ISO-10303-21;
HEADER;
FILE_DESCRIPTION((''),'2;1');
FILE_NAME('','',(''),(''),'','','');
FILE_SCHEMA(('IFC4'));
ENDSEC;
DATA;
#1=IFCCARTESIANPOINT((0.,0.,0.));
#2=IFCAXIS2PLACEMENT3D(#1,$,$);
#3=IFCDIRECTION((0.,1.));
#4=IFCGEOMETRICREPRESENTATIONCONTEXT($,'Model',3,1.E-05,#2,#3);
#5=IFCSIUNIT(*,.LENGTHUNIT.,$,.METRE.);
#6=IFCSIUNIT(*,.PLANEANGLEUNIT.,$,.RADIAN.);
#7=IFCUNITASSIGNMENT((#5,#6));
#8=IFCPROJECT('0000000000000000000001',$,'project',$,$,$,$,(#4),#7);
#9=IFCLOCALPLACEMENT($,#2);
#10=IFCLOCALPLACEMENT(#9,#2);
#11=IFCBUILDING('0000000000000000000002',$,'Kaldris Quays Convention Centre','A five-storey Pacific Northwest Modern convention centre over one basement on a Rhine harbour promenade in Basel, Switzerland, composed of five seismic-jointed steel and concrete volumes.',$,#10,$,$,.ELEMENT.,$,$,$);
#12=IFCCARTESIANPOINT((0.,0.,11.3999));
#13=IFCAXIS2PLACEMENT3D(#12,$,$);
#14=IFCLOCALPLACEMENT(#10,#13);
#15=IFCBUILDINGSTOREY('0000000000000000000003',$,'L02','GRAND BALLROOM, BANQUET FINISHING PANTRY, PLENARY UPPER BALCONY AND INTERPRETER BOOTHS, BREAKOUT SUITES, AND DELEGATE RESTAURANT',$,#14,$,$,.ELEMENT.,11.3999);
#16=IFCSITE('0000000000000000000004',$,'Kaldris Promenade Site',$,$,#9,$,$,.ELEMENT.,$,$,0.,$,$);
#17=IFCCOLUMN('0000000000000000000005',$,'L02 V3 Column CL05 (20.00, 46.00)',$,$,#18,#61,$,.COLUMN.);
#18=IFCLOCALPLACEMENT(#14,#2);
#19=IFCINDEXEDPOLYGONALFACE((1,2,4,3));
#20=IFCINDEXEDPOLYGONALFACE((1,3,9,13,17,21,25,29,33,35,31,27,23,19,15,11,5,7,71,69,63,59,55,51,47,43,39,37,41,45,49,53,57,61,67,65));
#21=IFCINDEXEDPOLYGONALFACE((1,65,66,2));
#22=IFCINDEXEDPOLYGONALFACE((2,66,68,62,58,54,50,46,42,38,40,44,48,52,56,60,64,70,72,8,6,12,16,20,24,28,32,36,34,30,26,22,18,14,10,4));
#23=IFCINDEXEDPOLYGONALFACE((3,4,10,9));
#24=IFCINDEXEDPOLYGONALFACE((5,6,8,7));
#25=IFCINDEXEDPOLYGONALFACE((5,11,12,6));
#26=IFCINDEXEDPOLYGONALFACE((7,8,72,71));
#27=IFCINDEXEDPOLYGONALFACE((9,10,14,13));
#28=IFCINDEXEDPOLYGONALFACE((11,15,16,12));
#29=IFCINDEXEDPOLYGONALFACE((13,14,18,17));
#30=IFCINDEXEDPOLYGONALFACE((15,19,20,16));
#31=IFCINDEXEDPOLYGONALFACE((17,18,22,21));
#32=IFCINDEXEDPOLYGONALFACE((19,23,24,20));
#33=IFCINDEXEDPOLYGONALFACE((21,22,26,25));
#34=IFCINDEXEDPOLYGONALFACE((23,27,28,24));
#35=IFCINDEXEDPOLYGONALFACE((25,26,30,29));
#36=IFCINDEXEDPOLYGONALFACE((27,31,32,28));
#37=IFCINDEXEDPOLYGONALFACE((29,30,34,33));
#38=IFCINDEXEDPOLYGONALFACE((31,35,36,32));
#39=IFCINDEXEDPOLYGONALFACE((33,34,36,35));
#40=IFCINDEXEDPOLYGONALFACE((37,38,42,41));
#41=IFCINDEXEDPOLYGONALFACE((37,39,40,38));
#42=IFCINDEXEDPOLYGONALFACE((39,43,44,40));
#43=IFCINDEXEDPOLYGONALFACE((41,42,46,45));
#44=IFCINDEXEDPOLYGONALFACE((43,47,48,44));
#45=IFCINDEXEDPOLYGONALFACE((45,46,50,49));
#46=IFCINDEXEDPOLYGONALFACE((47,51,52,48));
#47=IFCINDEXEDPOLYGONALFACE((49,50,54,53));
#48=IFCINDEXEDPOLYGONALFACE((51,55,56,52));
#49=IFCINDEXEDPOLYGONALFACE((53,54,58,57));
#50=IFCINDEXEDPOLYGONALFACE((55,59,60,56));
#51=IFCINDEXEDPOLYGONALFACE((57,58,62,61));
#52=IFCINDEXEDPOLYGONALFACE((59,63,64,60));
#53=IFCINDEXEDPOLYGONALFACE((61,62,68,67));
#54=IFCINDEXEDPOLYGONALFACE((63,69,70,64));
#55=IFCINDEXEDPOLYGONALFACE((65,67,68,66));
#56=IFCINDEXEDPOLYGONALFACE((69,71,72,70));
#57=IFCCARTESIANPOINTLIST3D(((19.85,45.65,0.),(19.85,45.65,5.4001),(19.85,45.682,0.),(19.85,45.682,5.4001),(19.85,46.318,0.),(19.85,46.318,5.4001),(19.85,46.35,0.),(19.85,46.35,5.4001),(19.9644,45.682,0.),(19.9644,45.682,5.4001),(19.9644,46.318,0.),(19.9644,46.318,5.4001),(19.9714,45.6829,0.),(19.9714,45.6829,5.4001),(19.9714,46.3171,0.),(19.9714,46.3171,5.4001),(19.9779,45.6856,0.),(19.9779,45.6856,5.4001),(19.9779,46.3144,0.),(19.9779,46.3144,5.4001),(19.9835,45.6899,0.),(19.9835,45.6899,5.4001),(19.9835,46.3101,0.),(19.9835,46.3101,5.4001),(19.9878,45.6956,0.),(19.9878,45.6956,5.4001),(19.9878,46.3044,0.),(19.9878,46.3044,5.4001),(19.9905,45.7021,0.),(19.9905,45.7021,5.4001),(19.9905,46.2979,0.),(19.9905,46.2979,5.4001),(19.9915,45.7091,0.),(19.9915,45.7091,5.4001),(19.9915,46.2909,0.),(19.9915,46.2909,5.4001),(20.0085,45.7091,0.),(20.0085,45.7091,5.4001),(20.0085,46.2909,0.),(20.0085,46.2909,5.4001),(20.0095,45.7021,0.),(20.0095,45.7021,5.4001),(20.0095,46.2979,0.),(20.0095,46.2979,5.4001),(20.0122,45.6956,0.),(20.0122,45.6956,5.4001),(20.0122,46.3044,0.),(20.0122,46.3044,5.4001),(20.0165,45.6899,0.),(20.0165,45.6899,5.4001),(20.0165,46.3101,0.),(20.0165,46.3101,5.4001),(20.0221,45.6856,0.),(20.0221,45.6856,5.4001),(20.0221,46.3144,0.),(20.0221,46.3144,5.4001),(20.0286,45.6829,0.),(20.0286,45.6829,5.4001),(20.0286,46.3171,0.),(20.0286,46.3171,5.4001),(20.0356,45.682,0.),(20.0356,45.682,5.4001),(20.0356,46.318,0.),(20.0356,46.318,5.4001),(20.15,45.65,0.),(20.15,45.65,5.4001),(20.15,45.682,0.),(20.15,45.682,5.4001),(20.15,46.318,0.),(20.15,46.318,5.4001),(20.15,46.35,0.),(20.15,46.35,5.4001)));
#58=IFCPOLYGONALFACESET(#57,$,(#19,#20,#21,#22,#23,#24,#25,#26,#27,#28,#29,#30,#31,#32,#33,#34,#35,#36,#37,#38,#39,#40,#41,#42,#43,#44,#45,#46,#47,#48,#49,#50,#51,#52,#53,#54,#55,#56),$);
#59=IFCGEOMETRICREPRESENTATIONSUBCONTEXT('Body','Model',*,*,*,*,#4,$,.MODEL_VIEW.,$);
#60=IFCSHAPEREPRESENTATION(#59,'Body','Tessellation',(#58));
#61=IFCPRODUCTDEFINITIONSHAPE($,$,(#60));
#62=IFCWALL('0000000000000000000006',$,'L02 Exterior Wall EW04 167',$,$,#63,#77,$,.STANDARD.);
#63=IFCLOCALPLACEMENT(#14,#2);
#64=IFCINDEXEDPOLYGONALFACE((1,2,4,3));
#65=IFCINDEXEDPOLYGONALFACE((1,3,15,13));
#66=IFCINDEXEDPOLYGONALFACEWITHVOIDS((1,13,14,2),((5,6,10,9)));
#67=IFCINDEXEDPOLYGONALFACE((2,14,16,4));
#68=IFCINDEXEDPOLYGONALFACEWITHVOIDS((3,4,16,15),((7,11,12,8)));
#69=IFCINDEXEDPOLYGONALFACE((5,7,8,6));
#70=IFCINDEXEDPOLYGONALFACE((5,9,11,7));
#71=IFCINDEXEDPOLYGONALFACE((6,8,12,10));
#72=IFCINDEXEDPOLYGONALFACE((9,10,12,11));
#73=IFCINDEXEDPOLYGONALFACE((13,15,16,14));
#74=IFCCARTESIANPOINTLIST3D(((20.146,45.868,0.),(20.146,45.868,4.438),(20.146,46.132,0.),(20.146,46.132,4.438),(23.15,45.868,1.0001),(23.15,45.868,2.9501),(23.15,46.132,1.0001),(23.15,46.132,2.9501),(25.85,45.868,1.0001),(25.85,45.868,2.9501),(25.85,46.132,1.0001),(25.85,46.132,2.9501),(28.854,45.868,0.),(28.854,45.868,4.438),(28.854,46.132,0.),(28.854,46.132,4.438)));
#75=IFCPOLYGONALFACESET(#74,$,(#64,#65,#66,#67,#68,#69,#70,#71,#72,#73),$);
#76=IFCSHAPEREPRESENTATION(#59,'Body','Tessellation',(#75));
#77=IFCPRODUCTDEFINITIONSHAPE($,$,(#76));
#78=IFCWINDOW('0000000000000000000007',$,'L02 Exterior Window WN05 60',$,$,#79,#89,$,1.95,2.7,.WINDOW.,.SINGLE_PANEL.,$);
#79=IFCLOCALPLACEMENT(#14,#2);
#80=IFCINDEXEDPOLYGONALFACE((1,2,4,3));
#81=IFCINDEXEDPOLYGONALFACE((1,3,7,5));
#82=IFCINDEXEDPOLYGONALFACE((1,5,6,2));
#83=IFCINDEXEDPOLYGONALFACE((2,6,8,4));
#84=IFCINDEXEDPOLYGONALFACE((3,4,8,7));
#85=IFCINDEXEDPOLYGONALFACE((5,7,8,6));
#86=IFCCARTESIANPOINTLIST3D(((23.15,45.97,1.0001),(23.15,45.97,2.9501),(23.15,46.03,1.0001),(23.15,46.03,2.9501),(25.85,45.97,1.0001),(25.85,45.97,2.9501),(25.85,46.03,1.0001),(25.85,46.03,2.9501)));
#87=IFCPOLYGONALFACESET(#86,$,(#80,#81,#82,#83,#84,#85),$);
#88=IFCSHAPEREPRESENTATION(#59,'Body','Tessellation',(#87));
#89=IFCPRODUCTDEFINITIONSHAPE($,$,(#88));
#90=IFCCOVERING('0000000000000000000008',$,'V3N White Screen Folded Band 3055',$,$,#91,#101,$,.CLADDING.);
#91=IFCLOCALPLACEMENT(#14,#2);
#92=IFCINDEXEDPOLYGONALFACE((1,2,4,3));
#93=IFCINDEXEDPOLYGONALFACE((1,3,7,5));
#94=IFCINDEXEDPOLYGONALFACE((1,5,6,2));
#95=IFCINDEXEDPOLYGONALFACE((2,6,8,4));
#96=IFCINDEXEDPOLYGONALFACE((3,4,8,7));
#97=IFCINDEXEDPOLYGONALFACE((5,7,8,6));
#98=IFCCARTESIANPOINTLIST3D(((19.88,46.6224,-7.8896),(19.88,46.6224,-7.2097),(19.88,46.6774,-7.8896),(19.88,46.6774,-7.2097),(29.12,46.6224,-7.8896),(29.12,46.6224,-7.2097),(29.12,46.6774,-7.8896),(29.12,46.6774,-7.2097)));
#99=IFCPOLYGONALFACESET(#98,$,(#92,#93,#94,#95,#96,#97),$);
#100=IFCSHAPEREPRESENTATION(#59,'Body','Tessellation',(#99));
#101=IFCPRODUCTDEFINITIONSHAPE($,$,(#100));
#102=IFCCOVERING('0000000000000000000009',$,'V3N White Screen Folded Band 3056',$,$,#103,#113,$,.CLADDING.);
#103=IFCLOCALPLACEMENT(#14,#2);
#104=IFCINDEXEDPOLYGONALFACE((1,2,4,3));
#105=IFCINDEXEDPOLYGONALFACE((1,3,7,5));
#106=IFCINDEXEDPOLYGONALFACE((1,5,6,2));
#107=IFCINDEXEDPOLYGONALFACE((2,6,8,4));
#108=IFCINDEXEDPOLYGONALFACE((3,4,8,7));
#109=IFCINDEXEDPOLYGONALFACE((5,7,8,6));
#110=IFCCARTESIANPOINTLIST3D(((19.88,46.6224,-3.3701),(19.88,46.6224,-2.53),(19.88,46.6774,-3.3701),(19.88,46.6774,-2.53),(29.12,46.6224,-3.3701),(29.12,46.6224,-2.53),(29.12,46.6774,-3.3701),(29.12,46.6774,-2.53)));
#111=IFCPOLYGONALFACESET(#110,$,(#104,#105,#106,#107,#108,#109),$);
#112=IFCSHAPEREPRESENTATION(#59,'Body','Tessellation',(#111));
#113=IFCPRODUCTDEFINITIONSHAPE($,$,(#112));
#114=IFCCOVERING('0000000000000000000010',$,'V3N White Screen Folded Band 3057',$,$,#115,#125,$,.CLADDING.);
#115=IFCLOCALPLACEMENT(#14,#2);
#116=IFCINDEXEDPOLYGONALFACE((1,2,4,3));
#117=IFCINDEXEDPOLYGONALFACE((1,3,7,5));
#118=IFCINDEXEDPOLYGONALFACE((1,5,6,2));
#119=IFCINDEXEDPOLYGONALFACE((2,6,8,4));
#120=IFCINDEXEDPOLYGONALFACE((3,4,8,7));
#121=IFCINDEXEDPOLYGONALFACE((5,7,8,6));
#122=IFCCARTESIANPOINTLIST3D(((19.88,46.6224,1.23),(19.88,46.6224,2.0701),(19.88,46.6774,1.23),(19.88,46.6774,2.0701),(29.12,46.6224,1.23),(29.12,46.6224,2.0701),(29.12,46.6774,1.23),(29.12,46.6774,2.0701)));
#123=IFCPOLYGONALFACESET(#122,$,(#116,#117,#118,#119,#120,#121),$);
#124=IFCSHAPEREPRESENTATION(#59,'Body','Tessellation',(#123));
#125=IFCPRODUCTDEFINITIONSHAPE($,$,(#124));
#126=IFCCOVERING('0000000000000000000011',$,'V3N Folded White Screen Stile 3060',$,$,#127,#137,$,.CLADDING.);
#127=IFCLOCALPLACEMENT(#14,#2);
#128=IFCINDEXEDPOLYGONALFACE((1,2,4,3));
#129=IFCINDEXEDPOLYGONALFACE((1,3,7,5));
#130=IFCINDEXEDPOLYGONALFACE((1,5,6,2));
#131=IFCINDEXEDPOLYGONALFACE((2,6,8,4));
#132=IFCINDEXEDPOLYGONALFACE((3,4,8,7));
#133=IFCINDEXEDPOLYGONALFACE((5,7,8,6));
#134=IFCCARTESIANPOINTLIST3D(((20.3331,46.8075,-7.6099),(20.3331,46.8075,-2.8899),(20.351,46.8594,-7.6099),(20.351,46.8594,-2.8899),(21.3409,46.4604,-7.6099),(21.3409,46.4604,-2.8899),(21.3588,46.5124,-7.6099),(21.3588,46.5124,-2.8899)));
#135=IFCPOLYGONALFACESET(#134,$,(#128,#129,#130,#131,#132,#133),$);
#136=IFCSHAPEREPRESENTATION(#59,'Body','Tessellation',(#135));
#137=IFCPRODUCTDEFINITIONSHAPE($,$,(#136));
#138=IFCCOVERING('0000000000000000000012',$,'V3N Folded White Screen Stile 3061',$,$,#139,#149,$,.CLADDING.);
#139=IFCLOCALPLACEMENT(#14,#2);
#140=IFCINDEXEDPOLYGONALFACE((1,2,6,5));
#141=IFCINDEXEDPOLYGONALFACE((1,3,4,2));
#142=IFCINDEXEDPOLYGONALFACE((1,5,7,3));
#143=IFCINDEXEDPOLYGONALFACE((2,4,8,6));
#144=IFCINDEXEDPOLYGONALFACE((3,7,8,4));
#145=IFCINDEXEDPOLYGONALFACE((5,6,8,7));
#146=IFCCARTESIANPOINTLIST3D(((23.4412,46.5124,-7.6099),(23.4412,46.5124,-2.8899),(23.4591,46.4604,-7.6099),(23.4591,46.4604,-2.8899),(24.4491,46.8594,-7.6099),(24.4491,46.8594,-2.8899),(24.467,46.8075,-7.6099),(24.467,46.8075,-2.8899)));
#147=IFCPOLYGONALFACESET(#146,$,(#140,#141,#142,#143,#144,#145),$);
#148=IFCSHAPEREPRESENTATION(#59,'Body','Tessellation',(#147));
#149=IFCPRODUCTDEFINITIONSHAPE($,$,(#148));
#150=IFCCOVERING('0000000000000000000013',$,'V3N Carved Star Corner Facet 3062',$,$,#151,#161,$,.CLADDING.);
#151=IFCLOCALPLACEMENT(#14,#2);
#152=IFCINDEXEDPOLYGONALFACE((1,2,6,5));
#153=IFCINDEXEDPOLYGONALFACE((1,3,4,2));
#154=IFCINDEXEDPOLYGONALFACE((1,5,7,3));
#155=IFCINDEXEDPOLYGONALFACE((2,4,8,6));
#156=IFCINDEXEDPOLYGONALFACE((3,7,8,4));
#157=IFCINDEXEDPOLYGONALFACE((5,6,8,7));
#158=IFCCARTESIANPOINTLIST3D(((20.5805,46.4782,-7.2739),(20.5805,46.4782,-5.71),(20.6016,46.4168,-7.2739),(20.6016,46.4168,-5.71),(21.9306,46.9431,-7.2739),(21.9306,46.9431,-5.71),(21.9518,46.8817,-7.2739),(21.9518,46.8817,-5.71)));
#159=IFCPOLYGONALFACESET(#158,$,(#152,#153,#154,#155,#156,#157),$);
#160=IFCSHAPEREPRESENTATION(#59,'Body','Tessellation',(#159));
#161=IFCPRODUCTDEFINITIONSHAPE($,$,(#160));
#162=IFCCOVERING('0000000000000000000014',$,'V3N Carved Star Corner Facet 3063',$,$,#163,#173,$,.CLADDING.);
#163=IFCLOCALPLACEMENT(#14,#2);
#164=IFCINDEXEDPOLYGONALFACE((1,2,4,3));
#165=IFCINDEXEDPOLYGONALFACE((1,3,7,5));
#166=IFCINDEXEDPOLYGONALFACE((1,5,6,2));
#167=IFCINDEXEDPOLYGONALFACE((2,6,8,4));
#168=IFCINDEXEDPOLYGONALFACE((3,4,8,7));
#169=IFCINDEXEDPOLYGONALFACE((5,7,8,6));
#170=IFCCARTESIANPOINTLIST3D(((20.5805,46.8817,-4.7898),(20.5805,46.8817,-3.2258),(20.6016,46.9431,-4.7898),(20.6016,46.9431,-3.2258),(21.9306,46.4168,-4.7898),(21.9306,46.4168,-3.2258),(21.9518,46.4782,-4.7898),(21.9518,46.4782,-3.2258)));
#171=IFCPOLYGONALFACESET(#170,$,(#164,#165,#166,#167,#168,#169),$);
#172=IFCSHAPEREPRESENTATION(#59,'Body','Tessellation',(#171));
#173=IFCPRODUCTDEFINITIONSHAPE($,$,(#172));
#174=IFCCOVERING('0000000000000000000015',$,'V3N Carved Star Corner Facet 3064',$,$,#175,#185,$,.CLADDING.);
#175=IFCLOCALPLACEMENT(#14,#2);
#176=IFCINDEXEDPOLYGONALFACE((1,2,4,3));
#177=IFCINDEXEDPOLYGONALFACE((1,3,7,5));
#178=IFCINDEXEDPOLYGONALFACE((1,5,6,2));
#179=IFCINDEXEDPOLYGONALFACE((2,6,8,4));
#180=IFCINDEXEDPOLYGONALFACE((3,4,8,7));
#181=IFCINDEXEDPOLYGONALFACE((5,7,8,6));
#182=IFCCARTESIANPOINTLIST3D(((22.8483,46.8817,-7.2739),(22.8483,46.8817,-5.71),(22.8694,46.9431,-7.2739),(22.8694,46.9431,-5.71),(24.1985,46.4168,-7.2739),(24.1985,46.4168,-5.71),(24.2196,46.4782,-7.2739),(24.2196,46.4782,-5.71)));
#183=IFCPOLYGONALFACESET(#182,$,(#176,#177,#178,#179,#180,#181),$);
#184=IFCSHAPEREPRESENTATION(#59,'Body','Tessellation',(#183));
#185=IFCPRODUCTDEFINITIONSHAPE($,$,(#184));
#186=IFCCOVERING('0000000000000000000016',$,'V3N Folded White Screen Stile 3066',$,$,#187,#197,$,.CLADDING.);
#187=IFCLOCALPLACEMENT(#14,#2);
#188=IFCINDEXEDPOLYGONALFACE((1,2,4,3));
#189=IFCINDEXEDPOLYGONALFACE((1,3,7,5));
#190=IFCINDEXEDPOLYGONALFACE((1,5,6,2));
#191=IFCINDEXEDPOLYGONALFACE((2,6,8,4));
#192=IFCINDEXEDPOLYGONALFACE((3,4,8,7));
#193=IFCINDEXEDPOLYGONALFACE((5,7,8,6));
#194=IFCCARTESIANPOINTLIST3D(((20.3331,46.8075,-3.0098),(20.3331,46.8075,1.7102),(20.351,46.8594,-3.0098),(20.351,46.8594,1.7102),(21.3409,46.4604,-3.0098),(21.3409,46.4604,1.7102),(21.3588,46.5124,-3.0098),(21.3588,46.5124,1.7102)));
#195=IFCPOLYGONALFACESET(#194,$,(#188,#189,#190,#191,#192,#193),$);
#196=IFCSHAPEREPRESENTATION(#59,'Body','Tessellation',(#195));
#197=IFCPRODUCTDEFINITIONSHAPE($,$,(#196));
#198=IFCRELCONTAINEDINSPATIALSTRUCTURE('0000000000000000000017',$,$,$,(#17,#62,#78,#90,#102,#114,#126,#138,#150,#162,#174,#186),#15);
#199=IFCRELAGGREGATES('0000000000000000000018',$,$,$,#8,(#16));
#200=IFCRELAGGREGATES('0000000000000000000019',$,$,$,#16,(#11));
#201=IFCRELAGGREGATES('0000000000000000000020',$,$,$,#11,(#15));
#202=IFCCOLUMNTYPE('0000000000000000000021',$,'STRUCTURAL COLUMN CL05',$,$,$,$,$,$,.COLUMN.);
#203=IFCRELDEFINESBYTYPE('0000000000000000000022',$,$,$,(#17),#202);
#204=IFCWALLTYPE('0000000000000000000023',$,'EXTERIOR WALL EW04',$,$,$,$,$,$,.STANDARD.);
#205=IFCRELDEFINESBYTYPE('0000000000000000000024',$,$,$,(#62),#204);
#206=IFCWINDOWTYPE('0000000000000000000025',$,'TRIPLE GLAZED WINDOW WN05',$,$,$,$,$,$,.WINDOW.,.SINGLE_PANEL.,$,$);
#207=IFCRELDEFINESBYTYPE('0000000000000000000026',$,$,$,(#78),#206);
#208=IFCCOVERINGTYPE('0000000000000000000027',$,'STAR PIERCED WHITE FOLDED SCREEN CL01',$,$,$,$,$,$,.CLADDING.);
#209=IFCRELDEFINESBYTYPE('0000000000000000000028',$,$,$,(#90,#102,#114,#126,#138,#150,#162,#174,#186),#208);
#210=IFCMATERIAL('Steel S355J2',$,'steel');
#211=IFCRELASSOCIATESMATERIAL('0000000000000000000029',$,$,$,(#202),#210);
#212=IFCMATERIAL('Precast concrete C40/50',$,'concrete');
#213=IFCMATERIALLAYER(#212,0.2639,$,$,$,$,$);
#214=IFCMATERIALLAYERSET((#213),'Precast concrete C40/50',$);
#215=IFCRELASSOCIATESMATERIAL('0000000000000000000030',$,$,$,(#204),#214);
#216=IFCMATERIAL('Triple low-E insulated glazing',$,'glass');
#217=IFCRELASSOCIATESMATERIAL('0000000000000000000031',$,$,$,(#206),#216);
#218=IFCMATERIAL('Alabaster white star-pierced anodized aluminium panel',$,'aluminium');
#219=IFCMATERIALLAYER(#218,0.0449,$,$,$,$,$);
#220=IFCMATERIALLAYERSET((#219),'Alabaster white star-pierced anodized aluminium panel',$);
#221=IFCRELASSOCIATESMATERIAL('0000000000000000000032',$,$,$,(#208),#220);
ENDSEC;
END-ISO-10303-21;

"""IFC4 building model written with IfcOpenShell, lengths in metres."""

from ifc_helpers import new_model, si_unit, direction, frame, frame_2d, origin, origin_2d, place, context, subcontext, project, spatial, rectangle, i_section, extrude, material, layer, layer_set, material_profile, profile_set, type_object, element, fill, save


model = new_model("IFC4")

# Units and contexts
model_context = context("Model", 3, precision=1e-05, world=origin(), true_north=direction((0.0, 1.0)))
body_context = subcontext(model_context, "Body", "Model", "MODEL_VIEW")
ifc_project = project(units=[si_unit("LENGTHUNIT", "METRE"), si_unit("PLANEANGLEUNIT", "RADIAN")], contexts=[model_context])

# Site, building, storey
site_placement = place(None, origin())
site = spatial("IfcSite", under=ifc_project, at=site_placement, Name="Kaldris Promenade Site", CompositionType="ELEMENT", RefElevation=0.0)
building_placement = place(site_placement, origin())
building = spatial("IfcBuilding", under=site, at=building_placement, Name="Kaldris Quays Convention Centre", Description="A five-storey Pacific Northwest Modern convention centre over one basement on a Rhine harbour promenade in Basel, Switzerland, composed of five seismic-jointed steel and concrete volumes.", CompositionType="ELEMENT")
storey_placement = place(building_placement, frame((0.0, 0.0, 11.3999)))
storey = spatial("IfcBuildingStorey", under=building, at=storey_placement, Name="L02", Description="GRAND BALLROOM, BANQUET FINISHING PANTRY, PLENARY UPPER BALCONY AND INTERPRETER BOOTHS, BREAKOUT SUITES, AND DELEGATE RESTAURANT", CompositionType="ELEMENT", Elevation=11.3999)

# Column
ifc_material_1 = material(Name="Steel S355J2", Category="steel")
ifc_material_profile = material_profile(ifc_material_1, i_section(OverallWidth=0.3, OverallDepth=0.7, WebThickness=0.0171, FlangeThickness=0.032, FilletRadius=0.0271, at=origin_2d()), Name="HEB 700")
ifc_profile_set = profile_set([ifc_material_profile], Name="Steel S355J2")
column_type = type_object("IfcColumnType", Name="STRUCTURAL COLUMN CL05", PredefinedType="COLUMN", material=ifc_profile_set)
column_placement = place(storey_placement, frame((20.0, 46.0, 0.0), z_axis=(0.0, 0.0, 1.0), x_axis=(1.0, 0.0, 0.0)))
element("IfcColumn", 1, at=column_placement, inside=storey, type_object=column_type, Name="L02 V3 Column CL05 (20.00, 46.00)", PredefinedType="COLUMN", context=body_context, shape_type="SweptSolid", body=[
    extrude(i_section(OverallWidth=0.3, OverallDepth=0.7, WebThickness=0.0171, FlangeThickness=0.032, FilletRadius=0.0271, at=origin_2d()), origin(), (0.0, 0.0, 1.0), 5.4001),
])

# Wall, opening, window
ifc_material_2 = material(Name="Precast concrete C40/50", Category="concrete")
ifc_layer_1 = layer(ifc_material_2, 0.2639)
ifc_layer_set_1 = layer_set([ifc_layer_1], Name="Precast concrete C40/50")
wall_type = type_object("IfcWallType", Name="EXTERIOR WALL EW04", PredefinedType="STANDARD", material=ifc_layer_set_1)
wall_placement = place(storey_placement, frame((20.146, 46.0, 0.0), z_axis=(0.0, 0.0, 1.0), x_axis=(1.0, 0.0, 0.0)))
wall = element("IfcWall", 2, at=wall_placement, inside=storey, type_object=wall_type, Name="L02 Exterior Wall EW04 167", PredefinedType="STANDARD", context=body_context, shape_type="SweptSolid", body=[
    extrude(rectangle(XDim=8.708, YDim=0.2639, at=frame_2d((4.354, 0.0))), origin(), (0.0, 0.0, 1.0), 4.438),
])
opening_placement = place(wall_placement, frame((3.0039, 0.0, 1.0)))
opening = element("IfcOpeningElement", 3, at=opening_placement, cuts=wall, PredefinedType="OPENING", context=body_context, shape_type="SweptSolid", body=[
    extrude(rectangle(XDim=2.7, YDim=1.95, at=frame_2d((1.3501, 0.9751))), frame((0.0, 0.1421, 0.0), z_axis=(0.0, -1.0, 0.0), x_axis=(1.0, 0.0, 0.0)), (0.0, 0.0, 1.0), 0.2839),
])
ifc_material_3 = material(Name="Triple low-E insulated glazing", Category="glass")
window_type = type_object("IfcWindowType", Name="TRIPLE GLAZED WINDOW WN05", PartitioningType="SINGLE_PANEL", PredefinedType="WINDOW", material=ifc_material_3)
window_placement = place(opening_placement, origin())
window = element("IfcWindow", 4, at=window_placement, inside=storey, type_object=window_type, Name="L02 Exterior Window WN05 60", OverallHeight=1.95, OverallWidth=2.7, PartitioningType="SINGLE_PANEL", PredefinedType="WINDOW", context=body_context, shape_type="SweptSolid", body=[
    extrude(rectangle(XDim=2.7, YDim=1.95, at=frame_2d((1.3501, 0.9751))), frame((0.0, 0.03, 0.0), z_axis=(0.0, -1.0, 0.0), x_axis=(1.0, 0.0, 0.0)), (0.0, 0.0, 1.0), 0.0601),
])
fill(opening, window)

# Coverings
ifc_material_4 = material(Name="Alabaster white star-pierced anodized aluminium panel", Category="aluminium")
ifc_layer_2 = layer(ifc_material_4, 0.0449)
ifc_layer_set_2 = layer_set([ifc_layer_2], Name="Alabaster white star-pierced anodized aluminium panel")
covering_type = type_object("IfcCoveringType", Name="STAR PIERCED WHITE FOLDED SCREEN CL01", PredefinedType="CLADDING", material=ifc_layer_set_2)
covering_1_placement = place(storey_placement, frame((24.5, 46.6499, -7.8896), z_axis=(0.0, 0.0, 1.0), x_axis=(1.0, 0.0, 0.0)))
element("IfcCovering", 5, at=covering_1_placement, inside=storey, type_object=covering_type, Name="V3N White Screen Folded Band 3055", PredefinedType="CLADDING", context=body_context, shape_type="SweptSolid", body=[
    extrude(rectangle(XDim=9.24, YDim=0.0549, at=origin_2d()), origin(), (0.0, 0.0, 1.0), 0.6799),
])
for number, where, z_axis, x_axis, name in (
    (6, (24.5, 46.6499, -3.3701), (0.0, 0.0, 1.0), (1.0, 0.0, 0.0), "V3N White Screen Folded Band 3056"),
    (7, (24.5, 46.6499, 1.23), (0.0, 0.0, 1.0), (1.0, 0.0, 0.0), "V3N White Screen Folded Band 3057"),
):
    element("IfcCovering", number, at=place(storey_placement, frame(where, z_axis=z_axis, x_axis=x_axis)), inside=storey, type_object=covering_type, Name=name, PredefinedType="CLADDING", context=body_context, shape_type="SweptSolid", body=[
        extrude(rectangle(XDim=9.24, YDim=0.0549, at=origin_2d()), origin(), (0.0, 0.0, 1.0), 0.8401),
    ])
for number, where, z_axis, x_axis, name in (
    (8, (20.8459, 46.6599, -7.6099), (0.0, 0.0, 1.0), (0.945519, -0.325568, 0.0), "V3N Folded White Screen Stile 3060"),
    (9, (23.9541, 46.6599, -7.6099), (0.0, 0.0, 1.0), (0.945519, 0.325568, 0.0), "V3N Folded White Screen Stile 3061"),
):
    element("IfcCovering", number, at=place(storey_placement, frame(where, z_axis=z_axis, x_axis=x_axis)), inside=storey, type_object=covering_type, Name=name, PredefinedType="CLADDING", context=body_context, shape_type="SweptSolid", body=[
        extrude(rectangle(XDim=1.0659, YDim=0.0549, at=origin_2d()), origin(), (0.0, 0.0, 1.0), 4.72),
    ])
for number, where, z_axis, x_axis, name in (
    (10, (21.2661, 46.6799, -7.2739), (0.0, 0.0, 1.0), (0.945519, 0.325568, 0.0), "V3N Carved Star Corner Facet 3062"),
    (11, (21.2661, 46.6799, -4.7898), (0.0, 0.0, 1.0), (0.945519, -0.325568, 0.0), "V3N Carved Star Corner Facet 3063"),
    (12, (23.5339, 46.6799, -7.2739), (0.0, 0.0, 1.0), (0.945519, -0.325568, 0.0), "V3N Carved Star Corner Facet 3064"),
):
    element("IfcCovering", number, at=place(storey_placement, frame(where, z_axis=z_axis, x_axis=x_axis)), inside=storey, type_object=covering_type, Name=name, PredefinedType="CLADDING", context=body_context, shape_type="SweptSolid", body=[
        extrude(rectangle(XDim=1.428, YDim=0.0649, at=origin_2d()), origin(), (0.0, 0.0, 1.0), 1.564),
    ])
for number, where, z_axis, x_axis, name in (
    (13, (20.8459, 46.6599, -3.0098), (0.0, 0.0, 1.0), (0.945519, -0.325568, 0.0), "V3N Folded White Screen Stile 3066"),
):
    element("IfcCovering", number, at=place(storey_placement, frame(where, z_axis=z_axis, x_axis=x_axis)), inside=storey, type_object=covering_type, Name=name, PredefinedType="CLADDING", context=body_context, shape_type="SweptSolid", body=[
        extrude(rectangle(XDim=1.0659, YDim=0.0549, at=origin_2d()), origin(), (0.0, 0.0, 1.0), 4.72),
    ])

save(model, "model.ifc")
